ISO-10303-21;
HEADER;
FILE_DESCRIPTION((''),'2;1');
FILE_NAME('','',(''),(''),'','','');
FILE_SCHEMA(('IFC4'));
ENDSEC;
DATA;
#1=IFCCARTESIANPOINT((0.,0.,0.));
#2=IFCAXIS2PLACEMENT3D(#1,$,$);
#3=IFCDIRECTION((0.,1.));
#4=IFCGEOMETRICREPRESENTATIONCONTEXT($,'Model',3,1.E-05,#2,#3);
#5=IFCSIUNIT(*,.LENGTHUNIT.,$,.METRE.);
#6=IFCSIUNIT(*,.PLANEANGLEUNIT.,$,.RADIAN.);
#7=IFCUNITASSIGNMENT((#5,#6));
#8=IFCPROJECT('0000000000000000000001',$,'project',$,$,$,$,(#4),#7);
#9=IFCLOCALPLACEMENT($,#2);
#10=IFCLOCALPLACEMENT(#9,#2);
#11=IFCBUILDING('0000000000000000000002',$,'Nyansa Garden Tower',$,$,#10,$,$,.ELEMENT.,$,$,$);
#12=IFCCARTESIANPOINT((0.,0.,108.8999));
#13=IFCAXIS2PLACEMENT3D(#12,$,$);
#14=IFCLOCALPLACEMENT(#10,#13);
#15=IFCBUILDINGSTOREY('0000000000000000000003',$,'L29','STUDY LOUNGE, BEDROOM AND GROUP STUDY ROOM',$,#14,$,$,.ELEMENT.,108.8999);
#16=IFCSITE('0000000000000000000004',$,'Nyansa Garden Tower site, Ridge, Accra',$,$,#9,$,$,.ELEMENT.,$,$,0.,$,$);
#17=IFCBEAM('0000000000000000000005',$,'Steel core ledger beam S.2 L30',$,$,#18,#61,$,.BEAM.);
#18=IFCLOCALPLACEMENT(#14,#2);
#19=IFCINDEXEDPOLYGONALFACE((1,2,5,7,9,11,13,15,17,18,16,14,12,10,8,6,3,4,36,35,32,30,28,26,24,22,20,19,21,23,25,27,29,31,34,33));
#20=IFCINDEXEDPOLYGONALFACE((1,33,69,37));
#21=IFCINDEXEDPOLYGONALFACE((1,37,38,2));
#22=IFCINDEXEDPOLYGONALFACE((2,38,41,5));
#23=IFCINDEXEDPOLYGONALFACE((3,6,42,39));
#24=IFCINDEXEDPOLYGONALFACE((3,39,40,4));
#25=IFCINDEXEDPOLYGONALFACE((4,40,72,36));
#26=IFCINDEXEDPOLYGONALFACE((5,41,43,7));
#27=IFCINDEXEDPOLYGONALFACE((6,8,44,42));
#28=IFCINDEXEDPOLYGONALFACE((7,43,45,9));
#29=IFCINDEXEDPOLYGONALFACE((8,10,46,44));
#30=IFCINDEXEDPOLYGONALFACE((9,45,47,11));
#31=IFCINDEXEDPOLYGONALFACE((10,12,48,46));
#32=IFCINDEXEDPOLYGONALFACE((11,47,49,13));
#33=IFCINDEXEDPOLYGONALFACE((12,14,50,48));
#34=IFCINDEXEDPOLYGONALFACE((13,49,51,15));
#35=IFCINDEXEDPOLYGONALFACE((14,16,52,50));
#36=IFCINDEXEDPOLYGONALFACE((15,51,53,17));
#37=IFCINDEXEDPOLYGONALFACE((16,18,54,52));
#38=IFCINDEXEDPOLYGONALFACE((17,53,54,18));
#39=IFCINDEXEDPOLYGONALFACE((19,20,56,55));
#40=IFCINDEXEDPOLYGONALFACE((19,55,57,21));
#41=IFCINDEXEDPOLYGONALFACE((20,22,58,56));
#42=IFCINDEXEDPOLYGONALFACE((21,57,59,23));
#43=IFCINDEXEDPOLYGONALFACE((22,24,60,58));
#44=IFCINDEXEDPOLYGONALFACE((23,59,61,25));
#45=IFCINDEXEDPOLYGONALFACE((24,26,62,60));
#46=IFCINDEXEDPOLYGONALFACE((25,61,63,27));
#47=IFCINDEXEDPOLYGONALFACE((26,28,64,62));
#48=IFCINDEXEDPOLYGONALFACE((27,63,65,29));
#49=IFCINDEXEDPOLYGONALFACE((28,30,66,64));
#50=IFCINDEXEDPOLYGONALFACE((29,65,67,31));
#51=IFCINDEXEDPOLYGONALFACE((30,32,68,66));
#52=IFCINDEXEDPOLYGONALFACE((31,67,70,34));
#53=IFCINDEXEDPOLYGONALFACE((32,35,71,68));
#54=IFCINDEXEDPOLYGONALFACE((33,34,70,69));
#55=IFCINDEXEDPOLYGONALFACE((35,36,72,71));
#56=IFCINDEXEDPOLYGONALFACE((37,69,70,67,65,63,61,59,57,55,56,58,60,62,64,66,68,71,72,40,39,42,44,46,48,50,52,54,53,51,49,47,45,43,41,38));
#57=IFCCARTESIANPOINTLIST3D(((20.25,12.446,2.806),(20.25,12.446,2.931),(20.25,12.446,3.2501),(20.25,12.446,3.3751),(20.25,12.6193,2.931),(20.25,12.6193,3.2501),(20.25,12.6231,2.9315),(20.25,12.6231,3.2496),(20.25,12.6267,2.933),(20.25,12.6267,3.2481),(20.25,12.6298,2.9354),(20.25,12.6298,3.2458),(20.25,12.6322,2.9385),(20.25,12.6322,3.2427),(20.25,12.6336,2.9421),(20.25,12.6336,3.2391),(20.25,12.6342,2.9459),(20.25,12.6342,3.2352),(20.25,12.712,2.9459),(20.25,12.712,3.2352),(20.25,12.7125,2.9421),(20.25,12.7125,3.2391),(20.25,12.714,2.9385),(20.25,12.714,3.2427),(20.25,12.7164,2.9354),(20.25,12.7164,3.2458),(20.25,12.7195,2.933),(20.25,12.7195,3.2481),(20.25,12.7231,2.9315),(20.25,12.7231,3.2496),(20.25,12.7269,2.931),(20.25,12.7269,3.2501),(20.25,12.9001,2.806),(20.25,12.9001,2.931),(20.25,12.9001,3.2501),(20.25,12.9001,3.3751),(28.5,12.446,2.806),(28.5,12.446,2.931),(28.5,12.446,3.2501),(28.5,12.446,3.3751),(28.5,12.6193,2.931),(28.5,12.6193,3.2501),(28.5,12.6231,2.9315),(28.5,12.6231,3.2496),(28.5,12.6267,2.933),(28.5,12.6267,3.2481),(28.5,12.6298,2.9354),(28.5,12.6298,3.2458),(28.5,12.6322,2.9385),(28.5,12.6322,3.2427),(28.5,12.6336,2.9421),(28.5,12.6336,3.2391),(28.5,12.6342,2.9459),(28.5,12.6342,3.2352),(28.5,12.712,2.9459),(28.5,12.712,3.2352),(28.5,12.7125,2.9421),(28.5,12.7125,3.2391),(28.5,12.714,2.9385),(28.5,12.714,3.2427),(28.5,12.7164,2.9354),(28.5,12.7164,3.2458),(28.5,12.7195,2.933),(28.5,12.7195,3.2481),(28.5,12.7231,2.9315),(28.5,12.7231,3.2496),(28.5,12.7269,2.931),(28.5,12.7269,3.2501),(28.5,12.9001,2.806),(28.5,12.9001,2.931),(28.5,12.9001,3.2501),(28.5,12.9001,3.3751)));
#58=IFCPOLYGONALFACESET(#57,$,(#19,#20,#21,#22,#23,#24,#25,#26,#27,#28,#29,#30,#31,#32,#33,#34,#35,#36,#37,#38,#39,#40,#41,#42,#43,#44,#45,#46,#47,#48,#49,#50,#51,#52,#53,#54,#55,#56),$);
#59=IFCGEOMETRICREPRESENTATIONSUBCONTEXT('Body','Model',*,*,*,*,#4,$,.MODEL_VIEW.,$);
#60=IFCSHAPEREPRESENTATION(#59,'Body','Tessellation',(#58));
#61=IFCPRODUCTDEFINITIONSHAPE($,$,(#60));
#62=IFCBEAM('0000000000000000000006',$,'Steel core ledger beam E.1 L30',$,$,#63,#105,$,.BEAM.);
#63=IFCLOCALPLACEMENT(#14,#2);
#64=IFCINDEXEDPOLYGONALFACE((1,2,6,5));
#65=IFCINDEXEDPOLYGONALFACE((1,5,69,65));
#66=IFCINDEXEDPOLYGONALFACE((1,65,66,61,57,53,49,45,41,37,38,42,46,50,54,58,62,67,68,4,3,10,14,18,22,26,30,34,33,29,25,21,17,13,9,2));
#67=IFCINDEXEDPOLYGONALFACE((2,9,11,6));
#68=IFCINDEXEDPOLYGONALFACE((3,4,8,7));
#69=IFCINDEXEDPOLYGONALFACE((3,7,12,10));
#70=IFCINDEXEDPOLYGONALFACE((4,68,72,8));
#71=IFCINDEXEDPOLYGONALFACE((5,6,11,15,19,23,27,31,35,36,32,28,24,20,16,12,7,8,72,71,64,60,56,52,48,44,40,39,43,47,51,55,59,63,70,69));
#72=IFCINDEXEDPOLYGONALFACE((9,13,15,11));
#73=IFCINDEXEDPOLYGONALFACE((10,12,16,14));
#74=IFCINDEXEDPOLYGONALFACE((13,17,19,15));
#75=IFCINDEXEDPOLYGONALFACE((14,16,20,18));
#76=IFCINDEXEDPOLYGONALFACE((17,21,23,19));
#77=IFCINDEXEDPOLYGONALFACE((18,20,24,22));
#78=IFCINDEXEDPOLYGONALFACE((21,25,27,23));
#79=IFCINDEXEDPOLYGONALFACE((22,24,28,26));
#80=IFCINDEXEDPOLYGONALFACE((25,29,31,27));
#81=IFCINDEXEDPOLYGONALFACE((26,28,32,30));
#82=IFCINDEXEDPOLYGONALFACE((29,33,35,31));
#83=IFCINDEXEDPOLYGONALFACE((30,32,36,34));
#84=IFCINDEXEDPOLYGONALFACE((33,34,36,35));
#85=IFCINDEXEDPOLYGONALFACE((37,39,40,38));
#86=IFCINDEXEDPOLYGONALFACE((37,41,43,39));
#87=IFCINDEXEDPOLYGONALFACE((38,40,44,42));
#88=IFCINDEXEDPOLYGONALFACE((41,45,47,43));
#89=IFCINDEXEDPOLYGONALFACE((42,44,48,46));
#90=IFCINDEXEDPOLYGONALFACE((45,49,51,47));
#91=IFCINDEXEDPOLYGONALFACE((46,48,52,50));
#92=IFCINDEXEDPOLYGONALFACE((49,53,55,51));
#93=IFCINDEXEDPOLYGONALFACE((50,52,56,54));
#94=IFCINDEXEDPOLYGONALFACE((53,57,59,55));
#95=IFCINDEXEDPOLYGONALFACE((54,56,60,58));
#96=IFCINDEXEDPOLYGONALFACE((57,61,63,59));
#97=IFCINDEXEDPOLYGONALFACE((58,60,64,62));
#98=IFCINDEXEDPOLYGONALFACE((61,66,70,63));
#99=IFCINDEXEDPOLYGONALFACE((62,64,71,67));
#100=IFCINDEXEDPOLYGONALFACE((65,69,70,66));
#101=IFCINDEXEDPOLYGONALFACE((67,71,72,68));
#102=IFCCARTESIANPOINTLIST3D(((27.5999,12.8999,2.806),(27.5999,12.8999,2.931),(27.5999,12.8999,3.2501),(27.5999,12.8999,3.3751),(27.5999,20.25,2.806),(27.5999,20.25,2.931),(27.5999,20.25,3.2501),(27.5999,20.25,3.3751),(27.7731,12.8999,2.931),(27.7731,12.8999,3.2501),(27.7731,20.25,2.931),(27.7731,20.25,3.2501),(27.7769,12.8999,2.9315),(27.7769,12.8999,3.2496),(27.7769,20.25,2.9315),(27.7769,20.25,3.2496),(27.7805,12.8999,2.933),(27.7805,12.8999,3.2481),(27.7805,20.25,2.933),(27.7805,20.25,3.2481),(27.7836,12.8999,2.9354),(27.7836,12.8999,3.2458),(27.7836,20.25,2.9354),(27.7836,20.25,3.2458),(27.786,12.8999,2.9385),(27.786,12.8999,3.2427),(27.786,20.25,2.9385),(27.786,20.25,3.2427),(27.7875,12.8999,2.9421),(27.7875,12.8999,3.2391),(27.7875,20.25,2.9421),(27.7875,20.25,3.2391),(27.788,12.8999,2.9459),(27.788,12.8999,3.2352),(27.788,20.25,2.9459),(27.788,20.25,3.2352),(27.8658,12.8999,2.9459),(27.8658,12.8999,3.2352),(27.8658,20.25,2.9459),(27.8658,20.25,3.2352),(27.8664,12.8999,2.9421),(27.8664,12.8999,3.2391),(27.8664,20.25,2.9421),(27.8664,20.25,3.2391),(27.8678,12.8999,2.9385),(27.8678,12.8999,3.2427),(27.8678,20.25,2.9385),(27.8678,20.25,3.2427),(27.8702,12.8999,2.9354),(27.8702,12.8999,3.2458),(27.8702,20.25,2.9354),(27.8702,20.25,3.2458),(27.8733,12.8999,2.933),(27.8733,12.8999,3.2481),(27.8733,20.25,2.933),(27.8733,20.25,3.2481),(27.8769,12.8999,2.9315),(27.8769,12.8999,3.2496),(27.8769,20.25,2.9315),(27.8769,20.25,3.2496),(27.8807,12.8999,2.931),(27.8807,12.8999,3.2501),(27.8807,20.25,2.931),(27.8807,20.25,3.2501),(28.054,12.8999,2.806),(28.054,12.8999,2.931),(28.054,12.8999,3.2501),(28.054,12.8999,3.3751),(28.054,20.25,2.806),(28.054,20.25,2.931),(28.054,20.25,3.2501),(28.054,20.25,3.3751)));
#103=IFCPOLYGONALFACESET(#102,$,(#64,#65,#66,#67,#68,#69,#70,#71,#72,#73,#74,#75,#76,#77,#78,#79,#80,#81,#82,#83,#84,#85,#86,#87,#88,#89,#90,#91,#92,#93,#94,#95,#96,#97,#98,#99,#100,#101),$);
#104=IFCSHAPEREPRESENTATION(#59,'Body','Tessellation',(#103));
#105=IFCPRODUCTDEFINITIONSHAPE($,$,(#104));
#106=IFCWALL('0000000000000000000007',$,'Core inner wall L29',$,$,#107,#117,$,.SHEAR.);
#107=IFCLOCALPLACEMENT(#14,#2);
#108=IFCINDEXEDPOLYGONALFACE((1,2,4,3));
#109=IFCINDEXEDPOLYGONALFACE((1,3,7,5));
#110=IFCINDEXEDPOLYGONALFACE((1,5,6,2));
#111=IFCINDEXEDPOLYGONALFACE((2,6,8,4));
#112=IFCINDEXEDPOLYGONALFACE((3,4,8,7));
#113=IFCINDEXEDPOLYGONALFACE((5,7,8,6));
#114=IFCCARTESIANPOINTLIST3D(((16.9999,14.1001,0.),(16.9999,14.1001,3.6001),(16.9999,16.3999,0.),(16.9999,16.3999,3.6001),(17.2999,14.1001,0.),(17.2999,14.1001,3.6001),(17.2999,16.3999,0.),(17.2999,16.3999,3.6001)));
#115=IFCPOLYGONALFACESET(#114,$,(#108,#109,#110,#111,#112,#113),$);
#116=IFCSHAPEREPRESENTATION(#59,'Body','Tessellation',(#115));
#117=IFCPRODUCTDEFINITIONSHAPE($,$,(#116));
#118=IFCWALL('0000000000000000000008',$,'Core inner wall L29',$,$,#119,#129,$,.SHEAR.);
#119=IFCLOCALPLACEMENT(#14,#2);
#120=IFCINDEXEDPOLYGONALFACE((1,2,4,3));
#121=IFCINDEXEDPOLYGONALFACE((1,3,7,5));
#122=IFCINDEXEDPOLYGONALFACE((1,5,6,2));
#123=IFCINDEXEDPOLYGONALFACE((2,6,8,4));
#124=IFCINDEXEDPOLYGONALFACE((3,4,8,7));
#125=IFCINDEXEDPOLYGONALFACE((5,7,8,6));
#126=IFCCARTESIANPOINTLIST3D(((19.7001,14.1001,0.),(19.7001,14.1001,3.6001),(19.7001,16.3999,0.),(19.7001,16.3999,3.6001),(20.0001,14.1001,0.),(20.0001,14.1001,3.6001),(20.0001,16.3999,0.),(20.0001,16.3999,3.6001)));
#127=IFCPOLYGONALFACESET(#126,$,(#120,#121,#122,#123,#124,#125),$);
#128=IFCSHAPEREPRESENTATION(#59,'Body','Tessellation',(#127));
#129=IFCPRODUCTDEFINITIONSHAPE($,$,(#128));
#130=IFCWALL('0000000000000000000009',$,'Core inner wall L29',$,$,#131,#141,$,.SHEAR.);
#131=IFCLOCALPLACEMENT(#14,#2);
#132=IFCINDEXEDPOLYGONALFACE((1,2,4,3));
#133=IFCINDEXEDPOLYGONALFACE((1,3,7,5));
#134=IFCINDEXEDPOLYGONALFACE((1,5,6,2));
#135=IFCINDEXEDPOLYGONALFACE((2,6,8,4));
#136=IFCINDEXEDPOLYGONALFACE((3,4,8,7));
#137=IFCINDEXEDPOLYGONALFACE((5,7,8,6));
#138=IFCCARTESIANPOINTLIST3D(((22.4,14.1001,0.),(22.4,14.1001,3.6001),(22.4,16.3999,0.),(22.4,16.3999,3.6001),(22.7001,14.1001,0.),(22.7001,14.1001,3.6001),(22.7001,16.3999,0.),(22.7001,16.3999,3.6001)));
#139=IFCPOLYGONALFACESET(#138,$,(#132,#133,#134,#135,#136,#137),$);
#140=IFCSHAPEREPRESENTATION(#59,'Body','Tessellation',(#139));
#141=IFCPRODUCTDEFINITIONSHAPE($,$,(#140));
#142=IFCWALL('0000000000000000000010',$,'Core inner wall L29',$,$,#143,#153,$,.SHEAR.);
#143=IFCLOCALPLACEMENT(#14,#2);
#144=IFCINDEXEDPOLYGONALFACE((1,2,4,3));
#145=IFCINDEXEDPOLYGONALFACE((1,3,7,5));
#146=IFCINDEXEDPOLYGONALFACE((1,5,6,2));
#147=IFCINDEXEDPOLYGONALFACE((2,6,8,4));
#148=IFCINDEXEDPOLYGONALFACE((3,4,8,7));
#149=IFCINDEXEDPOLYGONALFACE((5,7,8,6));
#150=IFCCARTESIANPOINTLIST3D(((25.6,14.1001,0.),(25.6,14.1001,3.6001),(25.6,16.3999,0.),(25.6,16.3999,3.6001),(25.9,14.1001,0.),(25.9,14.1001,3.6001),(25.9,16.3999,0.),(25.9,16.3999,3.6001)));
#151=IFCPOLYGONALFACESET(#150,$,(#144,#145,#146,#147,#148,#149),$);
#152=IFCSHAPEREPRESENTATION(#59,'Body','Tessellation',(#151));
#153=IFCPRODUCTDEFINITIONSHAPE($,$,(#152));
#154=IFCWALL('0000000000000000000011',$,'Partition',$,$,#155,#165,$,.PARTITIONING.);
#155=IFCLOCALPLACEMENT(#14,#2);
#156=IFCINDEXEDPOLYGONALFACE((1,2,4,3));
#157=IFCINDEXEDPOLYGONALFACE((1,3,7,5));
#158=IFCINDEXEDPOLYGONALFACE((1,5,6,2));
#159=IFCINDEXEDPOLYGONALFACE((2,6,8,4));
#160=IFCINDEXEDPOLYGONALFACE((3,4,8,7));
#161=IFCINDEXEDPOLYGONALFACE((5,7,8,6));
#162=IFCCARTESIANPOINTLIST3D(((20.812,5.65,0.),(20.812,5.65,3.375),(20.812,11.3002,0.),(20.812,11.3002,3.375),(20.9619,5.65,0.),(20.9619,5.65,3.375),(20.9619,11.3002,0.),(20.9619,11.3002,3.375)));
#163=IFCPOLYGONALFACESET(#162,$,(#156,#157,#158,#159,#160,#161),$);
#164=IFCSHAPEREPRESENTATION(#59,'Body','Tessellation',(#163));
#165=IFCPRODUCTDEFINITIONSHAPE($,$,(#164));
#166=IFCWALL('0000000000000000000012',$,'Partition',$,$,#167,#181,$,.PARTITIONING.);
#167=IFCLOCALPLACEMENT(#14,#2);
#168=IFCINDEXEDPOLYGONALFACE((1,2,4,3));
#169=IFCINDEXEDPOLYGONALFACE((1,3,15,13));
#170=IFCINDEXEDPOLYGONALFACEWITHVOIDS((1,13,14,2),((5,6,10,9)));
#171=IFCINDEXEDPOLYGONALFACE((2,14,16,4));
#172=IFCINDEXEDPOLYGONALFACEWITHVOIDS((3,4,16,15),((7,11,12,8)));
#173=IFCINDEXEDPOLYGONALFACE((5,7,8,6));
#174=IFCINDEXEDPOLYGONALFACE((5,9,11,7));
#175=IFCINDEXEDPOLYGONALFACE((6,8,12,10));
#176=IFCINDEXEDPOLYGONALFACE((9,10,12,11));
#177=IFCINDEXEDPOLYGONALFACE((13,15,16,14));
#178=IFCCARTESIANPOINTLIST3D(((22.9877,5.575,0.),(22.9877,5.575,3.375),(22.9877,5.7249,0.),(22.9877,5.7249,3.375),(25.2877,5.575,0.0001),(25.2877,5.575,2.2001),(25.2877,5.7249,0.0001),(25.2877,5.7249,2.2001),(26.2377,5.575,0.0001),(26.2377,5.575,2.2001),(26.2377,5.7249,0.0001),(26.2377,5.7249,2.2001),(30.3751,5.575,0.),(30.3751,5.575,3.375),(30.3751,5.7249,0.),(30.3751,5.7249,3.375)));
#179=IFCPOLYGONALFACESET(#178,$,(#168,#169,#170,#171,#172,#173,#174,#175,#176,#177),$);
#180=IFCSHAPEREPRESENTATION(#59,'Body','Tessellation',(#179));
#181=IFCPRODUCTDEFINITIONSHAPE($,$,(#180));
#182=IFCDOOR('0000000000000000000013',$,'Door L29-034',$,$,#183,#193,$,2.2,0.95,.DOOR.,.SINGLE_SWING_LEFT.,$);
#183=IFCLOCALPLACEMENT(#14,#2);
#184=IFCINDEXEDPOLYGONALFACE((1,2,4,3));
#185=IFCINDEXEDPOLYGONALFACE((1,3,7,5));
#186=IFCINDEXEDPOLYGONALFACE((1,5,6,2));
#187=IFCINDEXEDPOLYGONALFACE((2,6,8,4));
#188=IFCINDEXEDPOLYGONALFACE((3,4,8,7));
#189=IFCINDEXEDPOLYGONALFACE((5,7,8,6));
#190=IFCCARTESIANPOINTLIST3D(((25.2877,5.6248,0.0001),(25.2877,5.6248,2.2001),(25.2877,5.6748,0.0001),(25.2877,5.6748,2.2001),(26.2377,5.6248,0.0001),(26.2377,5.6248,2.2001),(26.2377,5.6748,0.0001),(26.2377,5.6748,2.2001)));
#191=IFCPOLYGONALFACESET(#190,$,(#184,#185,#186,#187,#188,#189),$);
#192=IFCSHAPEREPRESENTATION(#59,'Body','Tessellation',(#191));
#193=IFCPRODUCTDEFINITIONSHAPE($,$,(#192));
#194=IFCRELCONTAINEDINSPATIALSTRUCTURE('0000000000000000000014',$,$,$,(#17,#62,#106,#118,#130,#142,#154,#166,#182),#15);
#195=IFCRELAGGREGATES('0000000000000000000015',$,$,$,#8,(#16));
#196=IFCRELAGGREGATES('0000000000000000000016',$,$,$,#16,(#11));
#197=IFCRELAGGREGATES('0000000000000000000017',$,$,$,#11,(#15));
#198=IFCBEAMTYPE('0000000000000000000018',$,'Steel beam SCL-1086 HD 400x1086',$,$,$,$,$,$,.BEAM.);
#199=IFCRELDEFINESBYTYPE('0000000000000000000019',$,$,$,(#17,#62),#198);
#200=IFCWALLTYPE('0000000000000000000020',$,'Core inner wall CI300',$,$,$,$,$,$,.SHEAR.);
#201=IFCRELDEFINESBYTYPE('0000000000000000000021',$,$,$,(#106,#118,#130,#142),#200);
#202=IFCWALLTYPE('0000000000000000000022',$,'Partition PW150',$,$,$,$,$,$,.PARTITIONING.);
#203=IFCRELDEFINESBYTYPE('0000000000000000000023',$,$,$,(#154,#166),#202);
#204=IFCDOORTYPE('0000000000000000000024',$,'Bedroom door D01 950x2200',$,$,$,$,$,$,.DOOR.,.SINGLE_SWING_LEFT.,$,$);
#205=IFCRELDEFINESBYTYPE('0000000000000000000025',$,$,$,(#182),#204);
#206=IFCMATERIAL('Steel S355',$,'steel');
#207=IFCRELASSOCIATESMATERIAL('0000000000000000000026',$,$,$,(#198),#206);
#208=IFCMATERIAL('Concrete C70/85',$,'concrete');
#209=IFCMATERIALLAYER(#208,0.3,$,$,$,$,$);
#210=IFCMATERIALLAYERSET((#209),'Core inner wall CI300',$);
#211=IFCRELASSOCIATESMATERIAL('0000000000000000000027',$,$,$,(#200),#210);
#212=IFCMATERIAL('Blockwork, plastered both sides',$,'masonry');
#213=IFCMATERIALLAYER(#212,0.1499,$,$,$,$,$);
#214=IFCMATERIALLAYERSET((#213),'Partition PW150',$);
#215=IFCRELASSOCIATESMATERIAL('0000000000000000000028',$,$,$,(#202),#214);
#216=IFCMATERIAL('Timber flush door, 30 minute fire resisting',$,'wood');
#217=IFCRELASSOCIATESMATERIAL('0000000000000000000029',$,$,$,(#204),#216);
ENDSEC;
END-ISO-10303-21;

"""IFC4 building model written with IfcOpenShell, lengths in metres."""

from ifc_helpers import new_model, si_unit, direction, frame, frame_2d, origin, origin_2d, place, context, subcontext, project, spatial, rectangle, i_section, extrude, material, layer, layer_set, material_profile, profile_set, type_object, element, fill, save


model = new_model("IFC4")

# Units and contexts
model_context = context("Model", 3, precision=1e-05, world=origin(), true_north=direction((0.0, 1.0)))
body_context = subcontext(model_context, "Body", "Model", "MODEL_VIEW")
ifc_project = project(units=[si_unit("LENGTHUNIT", "METRE"), si_unit("PLANEANGLEUNIT", "RADIAN")], contexts=[model_context])

# Site, building, storey
site_placement = place(None, origin())
site = spatial("IfcSite", under=ifc_project, at=site_placement, Name="Nyansa Garden Tower site, Ridge, Accra", CompositionType="ELEMENT", RefElevation=0.0)
building_placement = place(site_placement, origin())
building = spatial("IfcBuilding", under=site, at=building_placement, Name="Nyansa Garden Tower", CompositionType="ELEMENT")
storey_placement = place(building_placement, frame((0.0, 0.0, 108.8999)))
storey = spatial("IfcBuildingStorey", under=building, at=storey_placement, Name="L29", Description="STUDY LOUNGE, BEDROOM AND GROUP STUDY ROOM", CompositionType="ELEMENT", Elevation=108.8999)

# Beams
ifc_material_1 = material(Name="Steel S355", Category="steel")
ifc_material_profile_1 = material_profile(ifc_material_1, i_section(OverallWidth=0.4541, OverallDepth=0.5691, WebThickness=0.0779, FlangeThickness=0.125, FilletRadius=0.0149, at=origin_2d()), Name="HD 400x1086")
ifc_profile_set_1 = profile_set([ifc_material_profile_1], Name="Steel S355")
beam_type_1 = type_object("IfcBeamType", Name="Steel beam SCL-1086 HD 400x1086", PredefinedType="BEAM", material=ifc_profile_set_1)
beam_1_placement = place(storey_placement, frame((20.25, 12.6731, 3.0906), z_axis=(1.0, 0.0, 0.0), x_axis=(0.0, 1.0, 0.0)))
element("IfcBeam", 1, at=beam_1_placement, inside=storey, type_object=beam_type_1, Name="Steel core ledger beam S.2 L30", PredefinedType="BEAM", context=body_context, shape_type="SweptSolid", body=[
    extrude(i_section(OverallWidth=0.4541, OverallDepth=0.5691, WebThickness=0.0779, FlangeThickness=0.125, FilletRadius=0.0149, at=origin_2d()), origin(), (0.0, 0.0, 1.0), 8.25),
])
beam_2_placement = place(storey_placement, frame((27.8269, 12.8999, 3.0906), z_axis=(0.0, 1.0, 0.0), x_axis=(-1.0, 0.0, 0.0)))
element("IfcBeam", 2, at=beam_2_placement, inside=storey, type_object=beam_type_1, Name="Steel core ledger beam E.1 L30", PredefinedType="BEAM", context=body_context, shape_type="SweptSolid", body=[
    extrude(i_section(OverallWidth=0.4541, OverallDepth=0.5691, WebThickness=0.0779, FlangeThickness=0.125, FilletRadius=0.0149, at=origin_2d()), origin(), (0.0, 0.0, 1.0), 7.3501),
])

# Walls
ifc_material_2 = material(Name="Concrete C70/85", Category="concrete")
ifc_layer_1 = layer(ifc_material_2, 0.3)
ifc_layer_set_1 = layer_set([ifc_layer_1], Name="Core inner wall CI300")
wall_type_1 = type_object("IfcWallType", Name="Core inner wall CI300", PredefinedType="SHEAR", material=ifc_layer_set_1)
for number, where, z_axis, x_axis, name in (
    (3, (17.1499, 14.1001, 0.0), (0.0, 0.0, 1.0), (0.0, 1.0, 0.0), "Core inner wall L29"),
    (4, (19.8501, 14.1001, 0.0), (0.0, 0.0, 1.0), (0.0, 1.0, 0.0), "Core inner wall L29"),
    (5, (22.55, 14.1001, 0.0), (0.0, 0.0, 1.0), (0.0, 1.0, 0.0), "Core inner wall L29"),
    (6, (25.75, 14.1001, 0.0), (0.0, 0.0, 1.0), (0.0, 1.0, 0.0), "Core inner wall L29"),
):
    element("IfcWall", number, at=place(storey_placement, frame(where, z_axis=z_axis, x_axis=x_axis)), inside=storey, type_object=wall_type_1, Name=name, PredefinedType="SHEAR", context=body_context, shape_type="SweptSolid", body=[
        extrude(rectangle(XDim=2.2998, YDim=0.3, at=frame_2d((1.1499, 0.0))), origin(), (0.0, 0.0, 1.0), 3.6001),
    ])
ifc_material_3 = material(Name="Blockwork, plastered both sides", Category="masonry")
ifc_layer_2 = layer(ifc_material_3, 0.1499)
ifc_layer_set_2 = layer_set([ifc_layer_2], Name="Partition PW150")
wall_type_2 = type_object("IfcWallType", Name="Partition PW150", PredefinedType="PARTITIONING", material=ifc_layer_set_2)
wall_1_placement = place(storey_placement, frame((20.887, 5.6499, 0.0), z_axis=(0.0, 0.0, 1.0), x_axis=(0.0, 1.0, 0.0)))
element("IfcWall", 7, at=wall_1_placement, inside=storey, type_object=wall_type_2, Name="Partition", PredefinedType="PARTITIONING", context=body_context, shape_type="SweptSolid", body=[
    extrude(rectangle(XDim=5.6501, YDim=0.1499, at=frame_2d((2.8252, 0.0))), origin(), (0.0, 0.0, 1.0), 3.375),
])

# Wall, opening, door
wall_2_placement = place(storey_placement, frame((22.9875, 5.6499, 0.0), z_axis=(0.0, 0.0, 1.0), x_axis=(1.0, 0.0, 0.0)))
wall_2 = element("IfcWall", 8, at=wall_2_placement, inside=storey, type_object=wall_type_2, Name="Partition", PredefinedType="PARTITIONING", context=body_context, shape_type="SweptSolid", body=[
    extrude(rectangle(XDim=7.3875, YDim=0.1499, at=frame_2d((3.6938, 0.0))), origin(), (0.0, 0.0, 1.0), 3.375),
])
opening_1_placement = place(wall_2_placement, frame((2.3, 0.0, 0.0)))
opening_1 = element("IfcOpeningElement", 9, at=opening_1_placement, cuts=wall_2, PredefinedType="OPENING", context=body_context, shape_type="SweptSolid", body=[
    extrude(rectangle(XDim=0.95, YDim=2.2, at=frame_2d((0.4751, 1.1001))), frame((0.0, 0.085, 0.0), z_axis=(0.0, -1.0, 0.0), x_axis=(1.0, 0.0, 0.0)), (0.0, 0.0, 1.0), 0.1699),
])
ifc_material_4 = material(Name="Timber flush door, 30 minute fire resisting", Category="wood")
door_type_1 = type_object("IfcDoorType", Name="Bedroom door D01 950x2200", OperationType="SINGLE_SWING_LEFT", PredefinedType="DOOR", material=ifc_material_4)
door_1_placement = place(opening_1_placement, origin())
door_1 = element("IfcDoor", 10, at=door_1_placement, inside=storey, type_object=door_type_1, Name="Door L29-034", OperationType="SINGLE_SWING_LEFT", OverallHeight=2.2, OverallWidth=0.95, PredefinedType="DOOR", context=body_context, shape_type="SweptSolid", body=[
    extrude(rectangle(XDim=0.95, YDim=2.2, at=frame_2d((0.4751, 1.1001))), frame((0.0, 0.0249, 0.0), z_axis=(0.0, -1.0, 0.0), x_axis=(1.0, 0.0, 0.0)), (0.0, 0.0, 1.0), 0.05),
])
fill(opening_1, door_1)

save(model, "model.ifc")
